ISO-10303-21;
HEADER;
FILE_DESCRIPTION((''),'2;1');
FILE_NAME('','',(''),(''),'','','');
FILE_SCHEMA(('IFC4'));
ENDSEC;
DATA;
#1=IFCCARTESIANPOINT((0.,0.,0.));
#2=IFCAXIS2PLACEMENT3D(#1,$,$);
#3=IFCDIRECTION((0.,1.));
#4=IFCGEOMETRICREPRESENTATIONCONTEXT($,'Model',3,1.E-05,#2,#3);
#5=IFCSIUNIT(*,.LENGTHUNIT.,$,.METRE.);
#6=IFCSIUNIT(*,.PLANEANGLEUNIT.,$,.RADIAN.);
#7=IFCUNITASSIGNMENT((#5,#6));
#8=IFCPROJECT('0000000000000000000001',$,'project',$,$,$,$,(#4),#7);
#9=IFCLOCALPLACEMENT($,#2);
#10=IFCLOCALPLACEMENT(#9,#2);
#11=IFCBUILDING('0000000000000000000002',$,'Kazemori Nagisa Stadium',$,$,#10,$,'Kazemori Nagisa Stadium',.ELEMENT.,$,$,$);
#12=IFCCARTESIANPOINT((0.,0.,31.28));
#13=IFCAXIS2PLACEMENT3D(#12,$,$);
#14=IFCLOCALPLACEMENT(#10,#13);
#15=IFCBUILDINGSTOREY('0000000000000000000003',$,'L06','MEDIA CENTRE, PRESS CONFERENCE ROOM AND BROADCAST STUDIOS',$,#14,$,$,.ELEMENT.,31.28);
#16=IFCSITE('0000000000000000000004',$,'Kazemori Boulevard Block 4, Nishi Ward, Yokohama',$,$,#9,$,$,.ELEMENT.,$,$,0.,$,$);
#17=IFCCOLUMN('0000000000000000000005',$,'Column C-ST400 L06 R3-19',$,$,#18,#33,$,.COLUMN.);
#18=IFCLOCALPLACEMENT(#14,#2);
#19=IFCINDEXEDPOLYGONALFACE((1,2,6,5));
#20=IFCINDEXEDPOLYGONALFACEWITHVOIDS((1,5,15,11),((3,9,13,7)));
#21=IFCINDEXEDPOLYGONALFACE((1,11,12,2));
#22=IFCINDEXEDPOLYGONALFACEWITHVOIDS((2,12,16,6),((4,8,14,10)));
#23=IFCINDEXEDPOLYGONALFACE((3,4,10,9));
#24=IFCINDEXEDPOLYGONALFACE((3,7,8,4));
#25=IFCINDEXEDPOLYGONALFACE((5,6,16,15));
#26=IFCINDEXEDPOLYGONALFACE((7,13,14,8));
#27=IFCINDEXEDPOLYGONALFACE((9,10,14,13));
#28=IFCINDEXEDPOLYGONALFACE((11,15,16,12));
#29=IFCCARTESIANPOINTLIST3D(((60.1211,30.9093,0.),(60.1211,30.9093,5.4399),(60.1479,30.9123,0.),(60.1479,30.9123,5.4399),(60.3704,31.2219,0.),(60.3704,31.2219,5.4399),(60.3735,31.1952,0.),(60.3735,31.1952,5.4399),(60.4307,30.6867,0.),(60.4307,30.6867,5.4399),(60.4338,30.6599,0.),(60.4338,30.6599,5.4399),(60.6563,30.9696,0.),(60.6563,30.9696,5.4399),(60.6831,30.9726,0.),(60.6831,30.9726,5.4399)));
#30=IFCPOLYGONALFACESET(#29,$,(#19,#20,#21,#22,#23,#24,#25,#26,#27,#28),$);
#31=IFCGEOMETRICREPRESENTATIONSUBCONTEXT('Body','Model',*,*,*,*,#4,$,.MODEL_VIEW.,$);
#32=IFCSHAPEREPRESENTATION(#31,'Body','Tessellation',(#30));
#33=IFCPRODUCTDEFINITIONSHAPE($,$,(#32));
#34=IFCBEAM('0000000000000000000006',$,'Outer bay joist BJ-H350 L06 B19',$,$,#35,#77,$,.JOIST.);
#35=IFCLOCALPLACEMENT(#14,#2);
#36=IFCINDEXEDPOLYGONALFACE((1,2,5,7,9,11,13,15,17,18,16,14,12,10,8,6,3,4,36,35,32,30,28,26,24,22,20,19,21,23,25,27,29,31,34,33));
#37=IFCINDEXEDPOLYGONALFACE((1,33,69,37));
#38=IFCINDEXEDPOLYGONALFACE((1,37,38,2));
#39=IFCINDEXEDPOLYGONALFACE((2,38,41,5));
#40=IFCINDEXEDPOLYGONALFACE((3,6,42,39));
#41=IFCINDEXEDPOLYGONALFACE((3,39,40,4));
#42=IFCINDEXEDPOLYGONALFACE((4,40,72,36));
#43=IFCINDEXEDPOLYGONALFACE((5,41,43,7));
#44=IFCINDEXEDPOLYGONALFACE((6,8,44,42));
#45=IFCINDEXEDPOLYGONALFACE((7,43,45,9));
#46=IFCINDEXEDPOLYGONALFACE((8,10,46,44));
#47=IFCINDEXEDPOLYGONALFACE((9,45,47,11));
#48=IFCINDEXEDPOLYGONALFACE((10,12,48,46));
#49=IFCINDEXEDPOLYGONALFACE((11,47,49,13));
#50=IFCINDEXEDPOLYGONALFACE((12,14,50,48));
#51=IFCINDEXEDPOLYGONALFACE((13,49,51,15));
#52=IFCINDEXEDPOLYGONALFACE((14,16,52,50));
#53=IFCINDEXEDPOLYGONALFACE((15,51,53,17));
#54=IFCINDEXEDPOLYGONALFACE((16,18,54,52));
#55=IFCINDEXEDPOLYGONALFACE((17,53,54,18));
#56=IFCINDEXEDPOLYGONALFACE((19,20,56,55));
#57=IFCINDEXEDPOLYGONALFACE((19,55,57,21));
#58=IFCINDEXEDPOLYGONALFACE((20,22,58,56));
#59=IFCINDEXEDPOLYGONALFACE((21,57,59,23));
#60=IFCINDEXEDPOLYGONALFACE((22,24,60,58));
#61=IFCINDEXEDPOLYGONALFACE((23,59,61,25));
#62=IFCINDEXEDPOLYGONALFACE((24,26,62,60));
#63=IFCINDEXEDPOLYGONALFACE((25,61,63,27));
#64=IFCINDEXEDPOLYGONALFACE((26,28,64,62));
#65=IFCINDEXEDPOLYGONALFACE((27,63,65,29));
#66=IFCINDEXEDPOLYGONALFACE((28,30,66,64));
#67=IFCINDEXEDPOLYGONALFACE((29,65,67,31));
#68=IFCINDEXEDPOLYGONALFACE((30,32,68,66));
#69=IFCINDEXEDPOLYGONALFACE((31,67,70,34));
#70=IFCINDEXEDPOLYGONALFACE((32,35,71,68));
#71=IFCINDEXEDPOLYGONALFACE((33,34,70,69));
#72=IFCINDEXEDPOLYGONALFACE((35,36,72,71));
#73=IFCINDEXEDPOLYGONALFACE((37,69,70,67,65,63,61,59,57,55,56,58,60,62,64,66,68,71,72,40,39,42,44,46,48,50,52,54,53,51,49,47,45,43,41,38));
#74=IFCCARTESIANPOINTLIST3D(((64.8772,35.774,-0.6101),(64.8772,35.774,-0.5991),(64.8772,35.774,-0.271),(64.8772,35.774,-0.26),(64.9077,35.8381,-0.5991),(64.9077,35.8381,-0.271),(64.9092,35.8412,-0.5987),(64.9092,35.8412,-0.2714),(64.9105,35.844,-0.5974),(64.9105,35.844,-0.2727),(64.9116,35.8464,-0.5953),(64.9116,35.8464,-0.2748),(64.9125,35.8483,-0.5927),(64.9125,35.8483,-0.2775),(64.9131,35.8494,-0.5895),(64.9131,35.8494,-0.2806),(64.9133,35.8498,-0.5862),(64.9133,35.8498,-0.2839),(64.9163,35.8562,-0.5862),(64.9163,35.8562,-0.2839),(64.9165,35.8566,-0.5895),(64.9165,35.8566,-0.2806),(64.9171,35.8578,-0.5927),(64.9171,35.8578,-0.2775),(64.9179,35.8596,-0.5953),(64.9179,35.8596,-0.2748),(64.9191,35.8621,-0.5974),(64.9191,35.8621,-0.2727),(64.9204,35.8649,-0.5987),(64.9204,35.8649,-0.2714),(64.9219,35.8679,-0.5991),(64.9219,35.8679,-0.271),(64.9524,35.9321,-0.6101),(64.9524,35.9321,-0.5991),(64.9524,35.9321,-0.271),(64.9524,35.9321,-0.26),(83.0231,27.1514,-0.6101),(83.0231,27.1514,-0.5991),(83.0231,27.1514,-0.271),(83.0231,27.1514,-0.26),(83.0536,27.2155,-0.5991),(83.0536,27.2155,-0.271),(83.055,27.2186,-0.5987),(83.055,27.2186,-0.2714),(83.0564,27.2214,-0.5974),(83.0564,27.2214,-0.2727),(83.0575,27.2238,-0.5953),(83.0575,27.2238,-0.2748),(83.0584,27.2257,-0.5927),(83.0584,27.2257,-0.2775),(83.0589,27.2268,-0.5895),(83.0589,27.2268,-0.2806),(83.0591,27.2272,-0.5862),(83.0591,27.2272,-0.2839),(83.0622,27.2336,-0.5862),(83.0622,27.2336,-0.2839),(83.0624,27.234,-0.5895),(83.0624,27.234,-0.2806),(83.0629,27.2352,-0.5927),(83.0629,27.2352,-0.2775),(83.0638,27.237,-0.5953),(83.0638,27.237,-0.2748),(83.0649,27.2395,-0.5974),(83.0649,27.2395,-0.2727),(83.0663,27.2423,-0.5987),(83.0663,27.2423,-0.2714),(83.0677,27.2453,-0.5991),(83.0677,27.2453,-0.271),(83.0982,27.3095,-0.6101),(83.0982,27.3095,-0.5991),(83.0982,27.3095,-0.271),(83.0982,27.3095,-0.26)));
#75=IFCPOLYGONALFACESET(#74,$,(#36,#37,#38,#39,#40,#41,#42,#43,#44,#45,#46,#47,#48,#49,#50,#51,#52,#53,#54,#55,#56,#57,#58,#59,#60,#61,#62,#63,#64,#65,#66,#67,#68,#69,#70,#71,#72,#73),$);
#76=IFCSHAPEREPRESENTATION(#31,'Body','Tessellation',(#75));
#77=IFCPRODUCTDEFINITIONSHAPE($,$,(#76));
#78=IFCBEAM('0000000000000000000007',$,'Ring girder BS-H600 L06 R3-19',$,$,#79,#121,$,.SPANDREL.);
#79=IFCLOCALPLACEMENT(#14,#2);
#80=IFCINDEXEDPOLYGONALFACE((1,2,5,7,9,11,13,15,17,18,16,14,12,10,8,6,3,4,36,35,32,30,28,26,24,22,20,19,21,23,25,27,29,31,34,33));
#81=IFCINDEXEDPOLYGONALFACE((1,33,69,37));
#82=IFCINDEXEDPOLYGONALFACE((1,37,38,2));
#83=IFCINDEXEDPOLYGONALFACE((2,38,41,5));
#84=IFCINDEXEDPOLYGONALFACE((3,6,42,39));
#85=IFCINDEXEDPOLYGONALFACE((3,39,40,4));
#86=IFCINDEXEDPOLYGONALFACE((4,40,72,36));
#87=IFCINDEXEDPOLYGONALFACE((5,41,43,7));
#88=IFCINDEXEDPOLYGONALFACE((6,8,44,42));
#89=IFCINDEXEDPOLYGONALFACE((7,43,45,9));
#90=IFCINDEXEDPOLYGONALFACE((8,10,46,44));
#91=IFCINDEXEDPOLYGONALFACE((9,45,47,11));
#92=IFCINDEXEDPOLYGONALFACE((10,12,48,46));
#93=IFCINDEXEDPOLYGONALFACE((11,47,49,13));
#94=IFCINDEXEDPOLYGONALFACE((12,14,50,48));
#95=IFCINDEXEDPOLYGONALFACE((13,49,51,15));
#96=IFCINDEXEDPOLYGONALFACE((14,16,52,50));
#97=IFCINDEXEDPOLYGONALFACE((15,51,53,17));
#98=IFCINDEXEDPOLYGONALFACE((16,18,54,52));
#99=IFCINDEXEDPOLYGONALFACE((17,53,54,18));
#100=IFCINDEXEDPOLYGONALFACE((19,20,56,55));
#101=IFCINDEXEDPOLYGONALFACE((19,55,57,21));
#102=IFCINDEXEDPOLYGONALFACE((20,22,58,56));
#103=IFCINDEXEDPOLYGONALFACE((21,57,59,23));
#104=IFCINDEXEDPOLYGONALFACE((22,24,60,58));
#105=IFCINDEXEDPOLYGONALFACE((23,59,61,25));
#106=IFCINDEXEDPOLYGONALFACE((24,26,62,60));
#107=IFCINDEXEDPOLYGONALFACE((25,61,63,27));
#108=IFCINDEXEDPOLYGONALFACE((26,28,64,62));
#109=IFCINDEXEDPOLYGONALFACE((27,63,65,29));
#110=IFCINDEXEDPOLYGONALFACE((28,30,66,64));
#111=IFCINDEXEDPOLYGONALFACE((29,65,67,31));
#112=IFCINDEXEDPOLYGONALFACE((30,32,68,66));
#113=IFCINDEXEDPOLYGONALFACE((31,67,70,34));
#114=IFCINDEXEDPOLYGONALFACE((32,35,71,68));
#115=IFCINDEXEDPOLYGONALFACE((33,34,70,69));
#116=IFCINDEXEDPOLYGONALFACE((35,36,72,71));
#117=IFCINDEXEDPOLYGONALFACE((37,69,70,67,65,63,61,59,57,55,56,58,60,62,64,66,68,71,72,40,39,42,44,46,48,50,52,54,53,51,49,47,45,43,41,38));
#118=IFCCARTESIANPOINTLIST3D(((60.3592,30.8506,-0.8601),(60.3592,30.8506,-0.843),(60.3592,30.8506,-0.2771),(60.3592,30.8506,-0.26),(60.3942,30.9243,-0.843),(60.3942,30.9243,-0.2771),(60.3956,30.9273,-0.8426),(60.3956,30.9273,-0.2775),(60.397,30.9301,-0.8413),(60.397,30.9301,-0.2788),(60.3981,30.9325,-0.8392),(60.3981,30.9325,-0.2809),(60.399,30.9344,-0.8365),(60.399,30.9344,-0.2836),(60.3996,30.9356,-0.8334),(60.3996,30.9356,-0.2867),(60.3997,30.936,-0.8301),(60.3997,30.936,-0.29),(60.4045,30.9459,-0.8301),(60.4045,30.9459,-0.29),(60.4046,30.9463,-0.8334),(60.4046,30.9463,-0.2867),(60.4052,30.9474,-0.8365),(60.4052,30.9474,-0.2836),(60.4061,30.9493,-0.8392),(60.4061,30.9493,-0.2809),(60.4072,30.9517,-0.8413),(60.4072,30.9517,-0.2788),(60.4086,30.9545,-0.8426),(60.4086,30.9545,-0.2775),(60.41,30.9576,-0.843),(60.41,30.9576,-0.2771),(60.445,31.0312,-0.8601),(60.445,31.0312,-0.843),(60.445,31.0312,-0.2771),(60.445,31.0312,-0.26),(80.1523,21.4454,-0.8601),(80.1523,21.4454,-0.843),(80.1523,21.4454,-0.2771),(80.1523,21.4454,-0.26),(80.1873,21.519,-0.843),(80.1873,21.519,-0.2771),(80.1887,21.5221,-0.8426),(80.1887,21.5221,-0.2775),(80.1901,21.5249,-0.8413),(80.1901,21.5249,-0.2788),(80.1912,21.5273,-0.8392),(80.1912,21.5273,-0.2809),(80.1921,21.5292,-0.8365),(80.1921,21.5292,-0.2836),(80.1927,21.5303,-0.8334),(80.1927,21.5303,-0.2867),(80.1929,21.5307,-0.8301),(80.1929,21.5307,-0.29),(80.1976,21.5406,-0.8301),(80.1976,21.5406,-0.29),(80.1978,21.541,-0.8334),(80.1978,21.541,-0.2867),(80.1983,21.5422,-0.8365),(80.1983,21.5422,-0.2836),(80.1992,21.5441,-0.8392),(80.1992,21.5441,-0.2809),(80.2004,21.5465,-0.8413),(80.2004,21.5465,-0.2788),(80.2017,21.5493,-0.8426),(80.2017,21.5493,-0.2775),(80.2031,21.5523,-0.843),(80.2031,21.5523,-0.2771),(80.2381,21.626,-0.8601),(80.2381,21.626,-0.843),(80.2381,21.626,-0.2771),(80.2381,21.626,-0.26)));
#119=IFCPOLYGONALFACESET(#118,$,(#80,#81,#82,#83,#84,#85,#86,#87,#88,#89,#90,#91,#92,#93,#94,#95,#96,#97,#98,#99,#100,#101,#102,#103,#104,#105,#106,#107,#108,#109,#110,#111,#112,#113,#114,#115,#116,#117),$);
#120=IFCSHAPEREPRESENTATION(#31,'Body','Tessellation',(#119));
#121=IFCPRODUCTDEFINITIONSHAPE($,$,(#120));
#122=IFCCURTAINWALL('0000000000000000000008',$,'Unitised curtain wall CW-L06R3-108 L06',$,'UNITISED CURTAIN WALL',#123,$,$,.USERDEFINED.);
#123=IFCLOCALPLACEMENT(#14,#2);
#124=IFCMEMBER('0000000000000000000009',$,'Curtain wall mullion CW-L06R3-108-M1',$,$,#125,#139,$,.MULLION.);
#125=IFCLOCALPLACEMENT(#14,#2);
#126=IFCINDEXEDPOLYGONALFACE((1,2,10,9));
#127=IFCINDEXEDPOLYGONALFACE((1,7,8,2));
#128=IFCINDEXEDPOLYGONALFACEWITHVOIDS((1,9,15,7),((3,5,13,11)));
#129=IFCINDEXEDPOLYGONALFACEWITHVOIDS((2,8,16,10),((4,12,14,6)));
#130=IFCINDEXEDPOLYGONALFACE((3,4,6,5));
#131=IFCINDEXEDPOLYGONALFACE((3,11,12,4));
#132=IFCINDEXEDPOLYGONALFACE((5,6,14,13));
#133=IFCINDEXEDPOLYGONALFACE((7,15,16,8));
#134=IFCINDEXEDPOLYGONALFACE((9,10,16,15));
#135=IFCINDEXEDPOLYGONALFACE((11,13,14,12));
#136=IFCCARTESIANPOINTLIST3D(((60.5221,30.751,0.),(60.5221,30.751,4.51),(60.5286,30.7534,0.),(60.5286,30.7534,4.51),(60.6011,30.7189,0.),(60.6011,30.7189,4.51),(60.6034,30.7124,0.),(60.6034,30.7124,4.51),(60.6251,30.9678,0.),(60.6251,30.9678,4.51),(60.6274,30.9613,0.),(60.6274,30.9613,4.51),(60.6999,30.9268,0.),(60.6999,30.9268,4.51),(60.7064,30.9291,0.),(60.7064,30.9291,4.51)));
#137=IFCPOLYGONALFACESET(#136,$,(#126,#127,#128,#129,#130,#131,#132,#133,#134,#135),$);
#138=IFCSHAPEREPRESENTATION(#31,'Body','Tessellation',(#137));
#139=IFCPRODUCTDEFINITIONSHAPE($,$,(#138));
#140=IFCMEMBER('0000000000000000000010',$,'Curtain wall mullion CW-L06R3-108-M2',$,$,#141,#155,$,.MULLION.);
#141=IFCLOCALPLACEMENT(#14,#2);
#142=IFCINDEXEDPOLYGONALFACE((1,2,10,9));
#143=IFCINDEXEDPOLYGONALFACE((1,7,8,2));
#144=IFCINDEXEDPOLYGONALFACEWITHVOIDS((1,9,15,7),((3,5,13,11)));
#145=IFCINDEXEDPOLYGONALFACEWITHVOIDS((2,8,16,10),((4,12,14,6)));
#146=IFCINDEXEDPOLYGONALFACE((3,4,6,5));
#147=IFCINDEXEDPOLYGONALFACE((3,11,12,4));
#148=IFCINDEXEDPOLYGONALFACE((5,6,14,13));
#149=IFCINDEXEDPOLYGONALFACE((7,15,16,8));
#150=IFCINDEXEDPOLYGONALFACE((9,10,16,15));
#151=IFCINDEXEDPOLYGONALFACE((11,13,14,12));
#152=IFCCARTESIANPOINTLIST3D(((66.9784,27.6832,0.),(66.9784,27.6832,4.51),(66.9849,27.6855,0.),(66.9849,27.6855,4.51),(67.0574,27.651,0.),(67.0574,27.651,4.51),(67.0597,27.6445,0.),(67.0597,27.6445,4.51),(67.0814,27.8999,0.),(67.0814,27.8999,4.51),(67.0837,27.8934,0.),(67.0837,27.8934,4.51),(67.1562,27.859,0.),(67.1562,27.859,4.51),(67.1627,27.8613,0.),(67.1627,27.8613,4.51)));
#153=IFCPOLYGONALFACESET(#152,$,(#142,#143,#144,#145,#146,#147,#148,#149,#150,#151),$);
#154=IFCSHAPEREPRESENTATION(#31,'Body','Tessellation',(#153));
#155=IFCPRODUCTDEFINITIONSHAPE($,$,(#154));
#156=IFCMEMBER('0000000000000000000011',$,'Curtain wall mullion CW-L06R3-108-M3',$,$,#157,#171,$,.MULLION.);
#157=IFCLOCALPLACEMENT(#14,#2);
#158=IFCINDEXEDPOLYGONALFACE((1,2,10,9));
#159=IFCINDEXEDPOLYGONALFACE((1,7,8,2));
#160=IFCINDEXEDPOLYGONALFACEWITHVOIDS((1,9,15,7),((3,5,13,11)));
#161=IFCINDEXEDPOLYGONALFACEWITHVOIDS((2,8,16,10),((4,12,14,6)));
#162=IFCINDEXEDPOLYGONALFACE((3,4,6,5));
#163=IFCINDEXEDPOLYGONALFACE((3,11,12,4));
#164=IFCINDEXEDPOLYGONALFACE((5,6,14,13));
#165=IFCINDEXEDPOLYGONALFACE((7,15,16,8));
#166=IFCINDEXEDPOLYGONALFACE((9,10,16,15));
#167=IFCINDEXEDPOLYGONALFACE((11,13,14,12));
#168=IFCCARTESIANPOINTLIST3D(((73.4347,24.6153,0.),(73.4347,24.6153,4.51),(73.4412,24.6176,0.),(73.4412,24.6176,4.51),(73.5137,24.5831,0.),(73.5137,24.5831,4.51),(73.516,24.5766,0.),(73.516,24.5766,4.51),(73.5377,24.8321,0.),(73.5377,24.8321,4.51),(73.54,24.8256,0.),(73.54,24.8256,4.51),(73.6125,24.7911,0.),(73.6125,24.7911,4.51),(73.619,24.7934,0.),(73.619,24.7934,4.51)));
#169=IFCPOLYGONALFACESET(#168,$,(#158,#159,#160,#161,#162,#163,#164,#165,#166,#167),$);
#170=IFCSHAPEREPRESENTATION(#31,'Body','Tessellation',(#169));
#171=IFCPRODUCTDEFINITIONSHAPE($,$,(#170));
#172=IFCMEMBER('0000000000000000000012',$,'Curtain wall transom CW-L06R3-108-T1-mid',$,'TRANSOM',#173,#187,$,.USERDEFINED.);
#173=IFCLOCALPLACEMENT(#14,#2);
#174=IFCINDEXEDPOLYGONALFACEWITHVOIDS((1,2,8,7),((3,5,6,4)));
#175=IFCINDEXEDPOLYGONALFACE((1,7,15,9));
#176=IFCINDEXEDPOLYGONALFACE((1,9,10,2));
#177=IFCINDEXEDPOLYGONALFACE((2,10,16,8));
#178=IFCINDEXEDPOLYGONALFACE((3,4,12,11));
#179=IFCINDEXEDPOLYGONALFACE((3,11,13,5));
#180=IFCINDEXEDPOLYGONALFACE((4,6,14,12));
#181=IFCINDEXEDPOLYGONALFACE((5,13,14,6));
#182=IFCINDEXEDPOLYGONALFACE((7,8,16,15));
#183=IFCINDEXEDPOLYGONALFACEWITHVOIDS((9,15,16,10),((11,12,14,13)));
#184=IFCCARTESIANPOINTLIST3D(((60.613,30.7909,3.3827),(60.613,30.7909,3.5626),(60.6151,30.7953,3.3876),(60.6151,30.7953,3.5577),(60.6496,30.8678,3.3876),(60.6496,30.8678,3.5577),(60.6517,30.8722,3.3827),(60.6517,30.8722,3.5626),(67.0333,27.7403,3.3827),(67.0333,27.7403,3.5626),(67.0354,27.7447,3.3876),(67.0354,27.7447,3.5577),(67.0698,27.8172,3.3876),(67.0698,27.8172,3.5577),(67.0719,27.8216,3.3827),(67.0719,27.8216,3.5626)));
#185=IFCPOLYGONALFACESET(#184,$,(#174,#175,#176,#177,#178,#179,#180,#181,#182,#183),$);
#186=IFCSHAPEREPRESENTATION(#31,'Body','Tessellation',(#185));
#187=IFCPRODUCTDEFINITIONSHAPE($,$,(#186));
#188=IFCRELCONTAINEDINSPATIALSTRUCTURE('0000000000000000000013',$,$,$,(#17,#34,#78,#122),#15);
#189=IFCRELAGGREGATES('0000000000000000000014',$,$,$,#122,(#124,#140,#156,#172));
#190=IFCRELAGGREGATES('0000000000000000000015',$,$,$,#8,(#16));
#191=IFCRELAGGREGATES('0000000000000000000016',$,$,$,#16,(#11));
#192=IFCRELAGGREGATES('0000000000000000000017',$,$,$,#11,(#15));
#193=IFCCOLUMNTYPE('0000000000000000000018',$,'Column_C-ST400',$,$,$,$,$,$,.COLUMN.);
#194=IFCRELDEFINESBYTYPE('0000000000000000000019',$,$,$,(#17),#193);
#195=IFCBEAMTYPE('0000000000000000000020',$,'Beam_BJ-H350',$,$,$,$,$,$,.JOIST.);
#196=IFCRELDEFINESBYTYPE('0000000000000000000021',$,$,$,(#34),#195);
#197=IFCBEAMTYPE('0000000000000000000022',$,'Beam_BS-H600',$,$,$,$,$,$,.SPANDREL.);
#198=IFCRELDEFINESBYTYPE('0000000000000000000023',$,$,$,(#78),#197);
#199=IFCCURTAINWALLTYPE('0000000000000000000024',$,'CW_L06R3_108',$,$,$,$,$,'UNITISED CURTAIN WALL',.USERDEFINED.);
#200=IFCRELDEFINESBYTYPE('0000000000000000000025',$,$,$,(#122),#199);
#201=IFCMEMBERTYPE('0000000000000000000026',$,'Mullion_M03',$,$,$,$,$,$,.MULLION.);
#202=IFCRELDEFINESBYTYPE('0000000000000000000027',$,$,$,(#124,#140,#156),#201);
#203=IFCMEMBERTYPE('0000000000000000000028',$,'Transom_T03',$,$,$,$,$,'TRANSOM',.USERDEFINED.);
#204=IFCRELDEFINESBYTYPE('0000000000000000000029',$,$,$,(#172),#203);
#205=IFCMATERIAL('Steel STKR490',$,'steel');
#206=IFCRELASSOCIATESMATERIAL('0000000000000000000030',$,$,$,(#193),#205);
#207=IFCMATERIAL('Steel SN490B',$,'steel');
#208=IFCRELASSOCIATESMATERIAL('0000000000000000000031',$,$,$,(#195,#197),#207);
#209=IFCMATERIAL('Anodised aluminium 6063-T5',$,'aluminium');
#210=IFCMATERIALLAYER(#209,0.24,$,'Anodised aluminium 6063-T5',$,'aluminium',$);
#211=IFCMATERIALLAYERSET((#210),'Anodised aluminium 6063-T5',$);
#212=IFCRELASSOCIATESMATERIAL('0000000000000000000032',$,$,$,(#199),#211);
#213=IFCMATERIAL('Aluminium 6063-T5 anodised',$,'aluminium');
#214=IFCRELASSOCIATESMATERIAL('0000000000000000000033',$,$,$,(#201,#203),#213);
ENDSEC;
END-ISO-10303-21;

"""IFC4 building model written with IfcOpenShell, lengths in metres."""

from ifc_helpers import new_model, si_unit, direction, frame, origin, origin_2d, place, context, subcontext, project, spatial, hollow_rectangle, i_section, extrude, material, layer, layer_set, material_profile, profile_set, type_object, element, aggregate, save


model = new_model("IFC4")

# Units and contexts
model_context = context("Model", 3, precision=1e-05, world=origin(), true_north=direction((0.0, 1.0)))
body_context = subcontext(model_context, "Body", "Model", "MODEL_VIEW")
ifc_project = project(units=[si_unit("LENGTHUNIT", "METRE"), si_unit("PLANEANGLEUNIT", "RADIAN")], contexts=[model_context])

# Site, building, storey
site_placement = place(None, origin())
site = spatial("IfcSite", under=ifc_project, at=site_placement, Name="Kazemori Boulevard Block 4, Nishi Ward, Yokohama", CompositionType="ELEMENT", RefElevation=0.0)
building_placement = place(site_placement, origin())
building = spatial("IfcBuilding", under=site, at=building_placement, Name="Kazemori Nagisa Stadium", LongName="Kazemori Nagisa Stadium", CompositionType="ELEMENT")
storey_placement = place(building_placement, frame((0.0, 0.0, 31.28)))
storey = spatial("IfcBuildingStorey", under=building, at=storey_placement, Name="L06", Description="MEDIA CENTRE, PRESS CONFERENCE ROOM AND BROADCAST STUDIOS", CompositionType="ELEMENT", Elevation=31.28)

# Column
ifc_material_1 = material(Name="Steel STKR490", Category="steel")
ifc_material_profile_1 = material_profile(ifc_material_1, hollow_rectangle(XDim=0.3999, YDim=0.3999, WallThickness=0.019, at=origin_2d()), Name="SHS-400x400x19")
ifc_profile_set_1 = profile_set([ifc_material_profile_1], Name="Steel STKR490")
column_type = type_object("IfcColumnType", Name="Column_C-ST400", PredefinedType="COLUMN", material=ifc_profile_set_1)
column_placement = place(storey_placement, frame((60.4021, 30.9409, 0.0), z_axis=(0.0, 0.0, 1.0), x_axis=(-0.62349, -0.781831, 0.0)))
element("IfcColumn", 1, at=column_placement, inside=storey, type_object=column_type, Name="Column C-ST400 L06 R3-19", PredefinedType="COLUMN", context=body_context, shape_type="SweptSolid", body=[
    extrude(hollow_rectangle(XDim=0.3999, YDim=0.3999, WallThickness=0.019, at=origin_2d()), origin(), (0.0, 0.0, 1.0), 5.4399),
])

# Beams
ifc_material_2 = material(Name="Steel SN490B", Category="steel")
ifc_material_profile_2 = material_profile(ifc_material_2, i_section(OverallWidth=0.175, OverallDepth=0.3501, WebThickness=0.0071, FlangeThickness=0.011, FilletRadius=0.0129, at=origin_2d()), Name="H-350x175x7x11")
ifc_profile_set_2 = profile_set([ifc_material_profile_2], Name="Steel SN490B")
beam_type_1 = type_object("IfcBeamType", Name="Beam_BJ-H350", PredefinedType="JOIST", material=ifc_profile_set_2)
beam_1_placement = place(storey_placement, frame((64.9148, 35.853, -0.4351), z_axis=(0.903213, -0.429192, 0.0), x_axis=(0.429192, 0.903213, 0.0)))
element("IfcBeam", 2, at=beam_1_placement, inside=storey, type_object=beam_type_1, Name="Outer bay joist BJ-H350 L06 B19", PredefinedType="JOIST", context=body_context, shape_type="SweptSolid", body=[
    extrude(i_section(OverallWidth=0.175, OverallDepth=0.3501, WebThickness=0.0071, FlangeThickness=0.011, FilletRadius=0.0129, at=origin_2d()), origin(), (0.0, 0.0, 1.0), 20.0903),
])
ifc_material_profile_3 = material_profile(ifc_material_2, i_section(OverallWidth=0.2, OverallDepth=0.6001, WebThickness=0.011, FlangeThickness=0.0171, FilletRadius=0.0129, at=origin_2d()), Name="H-600x200x11x17")
ifc_profile_set_3 = profile_set([ifc_material_profile_3], Name="Steel SN490B")
beam_type_2 = type_object("IfcBeamType", Name="Beam_BS-H600", PredefinedType="SPANDREL", material=ifc_profile_set_3)
beam_2_placement = place(storey_placement, frame((60.4021, 30.9409, -0.5601), z_axis=(0.903216, -0.429187, 0.0), x_axis=(0.429187, 0.903216, 0.0)))
element("IfcBeam", 3, at=beam_2_placement, inside=storey, type_object=beam_type_2, Name="Ring girder BS-H600 L06 R3-19", PredefinedType="SPANDREL", context=body_context, shape_type="SweptSolid", body=[
    extrude(i_section(OverallWidth=0.2, OverallDepth=0.6001, WebThickness=0.011, FlangeThickness=0.0171, FilletRadius=0.0129, at=origin_2d()), origin(), (0.0, 0.0, 1.0), 21.9141),
])

# Curtain wall, members
ifc_material_3 = material(Name="Anodised aluminium 6063-T5", Category="aluminium")
ifc_layer_1 = layer(ifc_material_3, 0.24, Name="Anodised aluminium 6063-T5", Category="aluminium")
ifc_layer_set_1 = layer_set([ifc_layer_1], Name="Anodised aluminium 6063-T5")
curtain_wall_type_1 = type_object("IfcCurtainWallType", Name="CW_L06R3_108", ElementType="UNITISED CURTAIN WALL", PredefinedType="USERDEFINED", material=ifc_layer_set_1)
curtain_wall_1_placement = place(storey_placement, origin())
curtain_wall_1 = element("IfcCurtainWall", 4, at=curtain_wall_1_placement, inside=storey, type_object=curtain_wall_type_1, Name="Unitised curtain wall CW-L06R3-108 L06", ObjectType="UNITISED CURTAIN WALL", PredefinedType="USERDEFINED")
ifc_material_4 = material(Name="Aluminium 6063-T5 anodised", Category="aluminium")
ifc_material_profile_4 = material_profile(ifc_material_4, hollow_rectangle(XDim=0.0901, YDim=0.24, WallThickness=0.0049, at=origin_2d()), Name="ALU-MULL-90x240x5")
ifc_profile_set_4 = profile_set([ifc_material_profile_4], Name="Aluminium 6063-T5 anodised")
member_type_1 = type_object("IfcMemberType", Name="Mullion_M03", PredefinedType="MULLION", material=ifc_profile_set_4)
member_1_placement = place(storey_placement, frame((60.6143, 30.8401, 0.0), z_axis=(0.0, 0.0, 1.0), x_axis=(0.903216, -0.429186, 0.0)))
member_1 = element("IfcMember", 5, at=member_1_placement, type_object=member_type_1, Name="Curtain wall mullion CW-L06R3-108-M1", PredefinedType="MULLION", context=body_context, shape_type="SweptSolid", body=[
    extrude(hollow_rectangle(XDim=0.0901, YDim=0.24, WallThickness=0.0049, at=origin_2d()), origin(), (0.0, 0.0, 1.0), 4.51),
])
member_2_placement = place(storey_placement, frame((67.0706, 27.7722, 0.0), z_axis=(0.0, 0.0, 1.0), x_axis=(0.903216, -0.429186, 0.0)))
member_2 = element("IfcMember", 6, at=member_2_placement, type_object=member_type_1, Name="Curtain wall mullion CW-L06R3-108-M2", PredefinedType="MULLION", context=body_context, shape_type="SweptSolid", body=[
    extrude(hollow_rectangle(XDim=0.0901, YDim=0.24, WallThickness=0.0049, at=origin_2d()), origin(), (0.0, 0.0, 1.0), 4.51),
])
member_3_placement = place(storey_placement, frame((73.5269, 24.7043, 0.0), z_axis=(0.0, 0.0, 1.0), x_axis=(0.903216, -0.429186, 0.0)))
member_3 = element("IfcMember", 7, at=member_3_placement, type_object=member_type_1, Name="Curtain wall mullion CW-L06R3-108-M3", PredefinedType="MULLION", context=body_context, shape_type="SweptSolid", body=[
    extrude(hollow_rectangle(XDim=0.0901, YDim=0.24, WallThickness=0.0049, at=origin_2d()), origin(), (0.0, 0.0, 1.0), 4.51),
])
ifc_material_profile_5 = material_profile(ifc_material_4, hollow_rectangle(XDim=0.0901, YDim=0.1799, WallThickness=0.0049, at=origin_2d()), Name="ALU-TRAN-90x180x5")
ifc_profile_set_5 = profile_set([ifc_material_profile_5], Name="Aluminium 6063-T5 anodised")
member_type_2 = type_object("IfcMemberType", Name="Transom_T03", ElementType="TRANSOM", PredefinedType="USERDEFINED", material=ifc_profile_set_5)
member_4_placement = place(storey_placement, frame((60.6323, 30.8315, 3.4727), z_axis=(0.903225, -0.429167, 0.0), x_axis=(0.429167, 0.903225, 0.0)))
member_4 = element("IfcMember", 8, at=member_4_placement, type_object=member_type_2, Name="Curtain wall transom CW-L06R3-108-T1-mid", ObjectType="TRANSOM", PredefinedType="USERDEFINED", context=body_context, shape_type="SweptSolid", body=[
    extrude(hollow_rectangle(XDim=0.0901, YDim=0.1799, WallThickness=0.0049, at=origin_2d()), origin(), (0.0, 0.0, 1.0), 7.1082),
])

aggregate(curtain_wall_1, [member_1, member_2, member_3, member_4])

save(model, "model.ifc")
